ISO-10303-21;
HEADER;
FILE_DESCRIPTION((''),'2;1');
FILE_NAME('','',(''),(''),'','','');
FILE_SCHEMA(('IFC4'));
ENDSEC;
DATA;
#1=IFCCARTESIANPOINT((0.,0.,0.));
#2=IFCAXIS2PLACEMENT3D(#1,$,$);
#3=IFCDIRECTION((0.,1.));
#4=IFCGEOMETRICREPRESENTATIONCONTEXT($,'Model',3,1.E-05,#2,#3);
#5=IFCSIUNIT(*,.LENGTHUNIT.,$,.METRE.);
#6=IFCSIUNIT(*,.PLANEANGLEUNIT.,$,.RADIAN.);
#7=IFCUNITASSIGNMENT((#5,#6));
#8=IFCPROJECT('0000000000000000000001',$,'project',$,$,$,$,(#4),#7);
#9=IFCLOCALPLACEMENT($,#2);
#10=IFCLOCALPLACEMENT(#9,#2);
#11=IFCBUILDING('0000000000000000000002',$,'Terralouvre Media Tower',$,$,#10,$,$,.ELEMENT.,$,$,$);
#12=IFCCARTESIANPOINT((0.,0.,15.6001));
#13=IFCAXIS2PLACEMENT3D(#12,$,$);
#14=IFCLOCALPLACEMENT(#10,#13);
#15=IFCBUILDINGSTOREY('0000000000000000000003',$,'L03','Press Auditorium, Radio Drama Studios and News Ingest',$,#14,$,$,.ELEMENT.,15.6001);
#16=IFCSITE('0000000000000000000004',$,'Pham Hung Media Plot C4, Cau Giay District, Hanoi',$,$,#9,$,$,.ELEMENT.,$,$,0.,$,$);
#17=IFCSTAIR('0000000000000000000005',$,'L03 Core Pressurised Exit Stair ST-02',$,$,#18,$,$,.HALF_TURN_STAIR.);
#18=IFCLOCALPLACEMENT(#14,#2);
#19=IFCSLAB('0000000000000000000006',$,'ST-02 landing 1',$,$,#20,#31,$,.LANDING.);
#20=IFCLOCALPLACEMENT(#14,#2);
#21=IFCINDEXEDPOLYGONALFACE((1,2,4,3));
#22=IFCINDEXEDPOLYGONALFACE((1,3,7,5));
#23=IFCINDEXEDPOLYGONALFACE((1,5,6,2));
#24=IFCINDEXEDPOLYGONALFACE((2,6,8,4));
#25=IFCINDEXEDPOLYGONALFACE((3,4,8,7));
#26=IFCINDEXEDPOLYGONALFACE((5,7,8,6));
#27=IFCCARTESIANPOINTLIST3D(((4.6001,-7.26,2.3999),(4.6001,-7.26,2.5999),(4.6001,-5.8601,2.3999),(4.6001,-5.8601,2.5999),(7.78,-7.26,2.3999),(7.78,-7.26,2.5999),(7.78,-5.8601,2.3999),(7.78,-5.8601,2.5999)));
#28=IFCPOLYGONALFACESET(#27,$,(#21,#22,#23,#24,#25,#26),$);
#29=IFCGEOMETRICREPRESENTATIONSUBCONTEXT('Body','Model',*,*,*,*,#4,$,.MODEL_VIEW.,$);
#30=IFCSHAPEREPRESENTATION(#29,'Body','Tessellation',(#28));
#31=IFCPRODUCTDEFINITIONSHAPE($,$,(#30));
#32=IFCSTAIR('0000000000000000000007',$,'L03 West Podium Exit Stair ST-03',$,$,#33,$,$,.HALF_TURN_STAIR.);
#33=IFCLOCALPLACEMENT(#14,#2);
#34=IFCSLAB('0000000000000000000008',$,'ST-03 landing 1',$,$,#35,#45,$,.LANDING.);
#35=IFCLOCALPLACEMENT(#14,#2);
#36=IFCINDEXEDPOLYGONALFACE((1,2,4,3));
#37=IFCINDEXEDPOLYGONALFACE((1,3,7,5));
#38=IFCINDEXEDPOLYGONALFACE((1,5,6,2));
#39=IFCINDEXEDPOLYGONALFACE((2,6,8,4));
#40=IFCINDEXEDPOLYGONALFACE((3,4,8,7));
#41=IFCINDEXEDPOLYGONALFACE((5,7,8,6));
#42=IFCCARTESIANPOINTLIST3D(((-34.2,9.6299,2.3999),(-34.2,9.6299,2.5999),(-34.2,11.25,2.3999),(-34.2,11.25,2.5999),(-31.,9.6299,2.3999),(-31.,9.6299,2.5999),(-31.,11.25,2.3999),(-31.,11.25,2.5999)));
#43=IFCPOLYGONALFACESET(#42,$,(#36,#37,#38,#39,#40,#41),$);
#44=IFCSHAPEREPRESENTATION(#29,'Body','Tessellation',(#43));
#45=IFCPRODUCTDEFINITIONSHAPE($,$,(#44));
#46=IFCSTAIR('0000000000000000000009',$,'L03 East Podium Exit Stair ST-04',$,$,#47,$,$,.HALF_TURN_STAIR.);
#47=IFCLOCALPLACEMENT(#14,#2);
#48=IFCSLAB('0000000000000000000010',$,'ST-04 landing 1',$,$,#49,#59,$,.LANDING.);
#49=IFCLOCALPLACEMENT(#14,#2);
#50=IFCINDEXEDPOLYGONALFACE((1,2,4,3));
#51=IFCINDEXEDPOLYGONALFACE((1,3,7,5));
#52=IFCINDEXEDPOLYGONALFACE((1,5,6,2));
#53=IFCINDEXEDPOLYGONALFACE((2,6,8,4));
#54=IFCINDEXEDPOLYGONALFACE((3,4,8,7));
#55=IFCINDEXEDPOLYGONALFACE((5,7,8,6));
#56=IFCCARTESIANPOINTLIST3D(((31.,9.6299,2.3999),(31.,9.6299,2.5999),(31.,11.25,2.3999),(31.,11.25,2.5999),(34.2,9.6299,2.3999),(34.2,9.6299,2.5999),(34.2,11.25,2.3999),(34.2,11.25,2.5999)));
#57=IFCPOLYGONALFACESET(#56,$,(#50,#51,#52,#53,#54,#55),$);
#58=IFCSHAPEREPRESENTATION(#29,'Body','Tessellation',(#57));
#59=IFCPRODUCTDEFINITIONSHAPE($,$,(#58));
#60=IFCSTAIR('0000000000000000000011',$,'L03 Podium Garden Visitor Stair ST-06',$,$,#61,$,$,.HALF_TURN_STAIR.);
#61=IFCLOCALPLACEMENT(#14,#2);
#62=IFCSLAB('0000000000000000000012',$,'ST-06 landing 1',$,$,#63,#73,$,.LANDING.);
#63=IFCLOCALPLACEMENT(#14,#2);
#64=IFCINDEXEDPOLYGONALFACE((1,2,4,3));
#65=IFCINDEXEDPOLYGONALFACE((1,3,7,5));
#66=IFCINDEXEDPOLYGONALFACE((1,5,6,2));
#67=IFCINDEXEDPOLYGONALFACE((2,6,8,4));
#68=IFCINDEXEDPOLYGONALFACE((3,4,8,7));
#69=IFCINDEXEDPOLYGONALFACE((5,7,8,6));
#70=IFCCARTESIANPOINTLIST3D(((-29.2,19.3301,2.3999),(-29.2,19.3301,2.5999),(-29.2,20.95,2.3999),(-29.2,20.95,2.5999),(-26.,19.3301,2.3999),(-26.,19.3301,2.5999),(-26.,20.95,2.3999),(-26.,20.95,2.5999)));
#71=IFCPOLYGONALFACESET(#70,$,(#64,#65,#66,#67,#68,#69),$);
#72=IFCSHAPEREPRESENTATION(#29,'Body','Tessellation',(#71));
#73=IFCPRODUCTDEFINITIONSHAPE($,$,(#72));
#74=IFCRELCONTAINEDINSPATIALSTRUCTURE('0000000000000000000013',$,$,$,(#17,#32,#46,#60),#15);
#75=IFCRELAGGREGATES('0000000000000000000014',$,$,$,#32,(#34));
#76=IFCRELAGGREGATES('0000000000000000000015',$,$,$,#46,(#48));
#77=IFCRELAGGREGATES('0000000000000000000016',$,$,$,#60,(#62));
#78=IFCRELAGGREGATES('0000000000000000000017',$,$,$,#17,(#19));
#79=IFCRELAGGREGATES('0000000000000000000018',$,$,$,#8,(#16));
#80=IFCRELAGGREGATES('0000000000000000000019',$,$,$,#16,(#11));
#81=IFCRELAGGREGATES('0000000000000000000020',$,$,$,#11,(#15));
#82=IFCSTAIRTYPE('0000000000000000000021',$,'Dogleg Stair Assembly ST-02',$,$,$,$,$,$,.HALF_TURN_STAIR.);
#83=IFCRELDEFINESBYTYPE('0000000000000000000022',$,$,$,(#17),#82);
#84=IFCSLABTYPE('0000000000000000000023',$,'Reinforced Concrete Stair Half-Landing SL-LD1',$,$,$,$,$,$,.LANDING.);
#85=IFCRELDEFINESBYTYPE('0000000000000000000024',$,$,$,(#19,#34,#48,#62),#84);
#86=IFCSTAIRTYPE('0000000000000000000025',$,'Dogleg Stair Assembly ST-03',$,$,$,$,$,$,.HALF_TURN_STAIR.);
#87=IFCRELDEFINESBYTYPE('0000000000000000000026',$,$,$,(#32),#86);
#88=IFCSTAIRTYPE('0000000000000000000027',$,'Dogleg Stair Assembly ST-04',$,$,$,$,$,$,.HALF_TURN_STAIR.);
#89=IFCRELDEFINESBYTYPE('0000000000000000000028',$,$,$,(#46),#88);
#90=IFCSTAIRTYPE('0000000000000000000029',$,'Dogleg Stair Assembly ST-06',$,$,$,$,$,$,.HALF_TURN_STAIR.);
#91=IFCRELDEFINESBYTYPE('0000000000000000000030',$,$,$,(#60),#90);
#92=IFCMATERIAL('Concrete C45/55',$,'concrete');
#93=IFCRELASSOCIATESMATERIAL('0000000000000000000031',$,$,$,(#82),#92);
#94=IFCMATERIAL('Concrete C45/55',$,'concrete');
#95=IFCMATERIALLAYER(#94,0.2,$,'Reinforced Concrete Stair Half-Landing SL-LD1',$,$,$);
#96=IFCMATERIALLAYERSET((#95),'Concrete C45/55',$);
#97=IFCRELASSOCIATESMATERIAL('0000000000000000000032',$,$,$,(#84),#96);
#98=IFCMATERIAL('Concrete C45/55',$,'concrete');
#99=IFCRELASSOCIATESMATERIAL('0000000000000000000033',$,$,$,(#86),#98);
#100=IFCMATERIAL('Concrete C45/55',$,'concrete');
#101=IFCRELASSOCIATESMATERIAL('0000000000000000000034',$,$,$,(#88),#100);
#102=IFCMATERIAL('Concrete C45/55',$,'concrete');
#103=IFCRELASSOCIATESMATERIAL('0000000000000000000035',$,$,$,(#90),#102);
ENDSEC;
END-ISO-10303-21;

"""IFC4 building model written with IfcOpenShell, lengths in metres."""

from ifc_helpers import new_model, si_unit, direction, frame, origin, place, context, subcontext, project, spatial, polyline, outline, extrude, material, layer, layer_set, type_object, element, aggregate, save


model = new_model("IFC4")

# Units and contexts
model_context = context("Model", 3, precision=1e-05, world=origin(), true_north=direction((0.0, 1.0)))
body_context = subcontext(model_context, "Body", "Model", "MODEL_VIEW")
ifc_project = project(units=[si_unit("LENGTHUNIT", "METRE"), si_unit("PLANEANGLEUNIT", "RADIAN")], contexts=[model_context])

# Site, building, storey
site_placement = place(None, origin())
site = spatial("IfcSite", under=ifc_project, at=site_placement, Name="Pham Hung Media Plot C4, Cau Giay District, Hanoi", CompositionType="ELEMENT", RefElevation=0.0)
building_placement = place(site_placement, origin())
building = spatial("IfcBuilding", under=site, at=building_placement, Name="Terralouvre Media Tower", CompositionType="ELEMENT")
storey_placement = place(building_placement, frame((0.0, 0.0, 15.6001)))
storey = spatial("IfcBuildingStorey", under=building, at=storey_placement, Name="L03", Description="Press Auditorium, Radio Drama Studios and News Ingest", CompositionType="ELEMENT", Elevation=15.6001)

# Stairs, slabs
ifc_material_1 = material(Name="Concrete C45/55", Category="concrete")
stair_type_1 = type_object("IfcStairType", Name="Dogleg Stair Assembly ST-02", PredefinedType="HALF_TURN_STAIR", material=ifc_material_1)
stair_1_placement = place(storey_placement, origin())
stair_1 = element("IfcStair", 1, at=stair_1_placement, inside=storey, type_object=stair_type_1, Name="L03 Core Pressurised Exit Stair ST-02", PredefinedType="HALF_TURN_STAIR")
ifc_material_2 = material(Name="Concrete C45/55", Category="concrete")
ifc_layer_1 = layer(ifc_material_2, 0.2, Name="Reinforced Concrete Stair Half-Landing SL-LD1")
ifc_layer_set_1 = layer_set([ifc_layer_1], Name="Concrete C45/55")
slab_type = type_object("IfcSlabType", Name="Reinforced Concrete Stair Half-Landing SL-LD1", PredefinedType="LANDING", material=ifc_layer_set_1)
slab_1_placement = place(storey_placement, frame((0.0, 0.0, 2.3999)))
slab_1 = element("IfcSlab", 2, at=slab_1_placement, type_object=slab_type, Name="ST-02 landing 1", PredefinedType="LANDING", context=body_context, shape_type="SweptSolid", body=[
    extrude(outline(polyline([(4.6001, -5.8601), (4.6001, -7.26), (7.78, -7.26), (7.78, -5.8601), (4.6001, -5.8601)])), origin(), (0.0, 0.0, 1.0), 0.2),
])
ifc_material_3 = material(Name="Concrete C45/55", Category="concrete")
stair_type_2 = type_object("IfcStairType", Name="Dogleg Stair Assembly ST-03", PredefinedType="HALF_TURN_STAIR", material=ifc_material_3)
stair_2_placement = place(storey_placement, origin())
stair_2 = element("IfcStair", 3, at=stair_2_placement, inside=storey, type_object=stair_type_2, Name="L03 West Podium Exit Stair ST-03", PredefinedType="HALF_TURN_STAIR")
slab_2_placement = place(storey_placement, frame((0.0, 0.0, 2.3999)))
slab_2 = element("IfcSlab", 4, at=slab_2_placement, type_object=slab_type, Name="ST-03 landing 1", PredefinedType="LANDING", context=body_context, shape_type="SweptSolid", body=[
    extrude(outline(polyline([(-31.0, 9.6299), (-31.0, 11.25), (-34.2, 11.25), (-34.2, 9.6299), (-31.0, 9.6299)])), origin(), (0.0, 0.0, 1.0), 0.2),
])
aggregate(stair_2, [slab_2])
ifc_material_4 = material(Name="Concrete C45/55", Category="concrete")
stair_type_3 = type_object("IfcStairType", Name="Dogleg Stair Assembly ST-04", PredefinedType="HALF_TURN_STAIR", material=ifc_material_4)
stair_3_placement = place(storey_placement, origin())
stair_3 = element("IfcStair", 5, at=stair_3_placement, inside=storey, type_object=stair_type_3, Name="L03 East Podium Exit Stair ST-04", PredefinedType="HALF_TURN_STAIR")
slab_3_placement = place(storey_placement, frame((0.0, 0.0, 2.3999)))
slab_3 = element("IfcSlab", 6, at=slab_3_placement, type_object=slab_type, Name="ST-04 landing 1", PredefinedType="LANDING", context=body_context, shape_type="SweptSolid", body=[
    extrude(outline(polyline([(34.2, 9.6299), (34.2, 11.25), (31.0, 11.25), (31.0, 9.6299), (34.2, 9.6299)])), origin(), (0.0, 0.0, 1.0), 0.2),
])
aggregate(stair_3, [slab_3])
ifc_material_5 = material(Name="Concrete C45/55", Category="concrete")
stair_type_4 = type_object("IfcStairType", Name="Dogleg Stair Assembly ST-06", PredefinedType="HALF_TURN_STAIR", material=ifc_material_5)
stair_4_placement = place(storey_placement, origin())
stair_4 = element("IfcStair", 7, at=stair_4_placement, inside=storey, type_object=stair_type_4, Name="L03 Podium Garden Visitor Stair ST-06", PredefinedType="HALF_TURN_STAIR")
slab_4_placement = place(storey_placement, frame((0.0, 0.0, 2.3999)))
slab_4 = element("IfcSlab", 8, at=slab_4_placement, type_object=slab_type, Name="ST-06 landing 1", PredefinedType="LANDING", context=body_context, shape_type="SweptSolid", body=[
    extrude(outline(polyline([(-26.0, 19.3301), (-26.0, 20.95), (-29.2, 20.95), (-29.2, 19.3301), (-26.0, 19.3301)])), origin(), (0.0, 0.0, 1.0), 0.2),
])
aggregate(stair_4, [slab_4])

aggregate(stair_1, [slab_1])

save(model, "model.ifc")
